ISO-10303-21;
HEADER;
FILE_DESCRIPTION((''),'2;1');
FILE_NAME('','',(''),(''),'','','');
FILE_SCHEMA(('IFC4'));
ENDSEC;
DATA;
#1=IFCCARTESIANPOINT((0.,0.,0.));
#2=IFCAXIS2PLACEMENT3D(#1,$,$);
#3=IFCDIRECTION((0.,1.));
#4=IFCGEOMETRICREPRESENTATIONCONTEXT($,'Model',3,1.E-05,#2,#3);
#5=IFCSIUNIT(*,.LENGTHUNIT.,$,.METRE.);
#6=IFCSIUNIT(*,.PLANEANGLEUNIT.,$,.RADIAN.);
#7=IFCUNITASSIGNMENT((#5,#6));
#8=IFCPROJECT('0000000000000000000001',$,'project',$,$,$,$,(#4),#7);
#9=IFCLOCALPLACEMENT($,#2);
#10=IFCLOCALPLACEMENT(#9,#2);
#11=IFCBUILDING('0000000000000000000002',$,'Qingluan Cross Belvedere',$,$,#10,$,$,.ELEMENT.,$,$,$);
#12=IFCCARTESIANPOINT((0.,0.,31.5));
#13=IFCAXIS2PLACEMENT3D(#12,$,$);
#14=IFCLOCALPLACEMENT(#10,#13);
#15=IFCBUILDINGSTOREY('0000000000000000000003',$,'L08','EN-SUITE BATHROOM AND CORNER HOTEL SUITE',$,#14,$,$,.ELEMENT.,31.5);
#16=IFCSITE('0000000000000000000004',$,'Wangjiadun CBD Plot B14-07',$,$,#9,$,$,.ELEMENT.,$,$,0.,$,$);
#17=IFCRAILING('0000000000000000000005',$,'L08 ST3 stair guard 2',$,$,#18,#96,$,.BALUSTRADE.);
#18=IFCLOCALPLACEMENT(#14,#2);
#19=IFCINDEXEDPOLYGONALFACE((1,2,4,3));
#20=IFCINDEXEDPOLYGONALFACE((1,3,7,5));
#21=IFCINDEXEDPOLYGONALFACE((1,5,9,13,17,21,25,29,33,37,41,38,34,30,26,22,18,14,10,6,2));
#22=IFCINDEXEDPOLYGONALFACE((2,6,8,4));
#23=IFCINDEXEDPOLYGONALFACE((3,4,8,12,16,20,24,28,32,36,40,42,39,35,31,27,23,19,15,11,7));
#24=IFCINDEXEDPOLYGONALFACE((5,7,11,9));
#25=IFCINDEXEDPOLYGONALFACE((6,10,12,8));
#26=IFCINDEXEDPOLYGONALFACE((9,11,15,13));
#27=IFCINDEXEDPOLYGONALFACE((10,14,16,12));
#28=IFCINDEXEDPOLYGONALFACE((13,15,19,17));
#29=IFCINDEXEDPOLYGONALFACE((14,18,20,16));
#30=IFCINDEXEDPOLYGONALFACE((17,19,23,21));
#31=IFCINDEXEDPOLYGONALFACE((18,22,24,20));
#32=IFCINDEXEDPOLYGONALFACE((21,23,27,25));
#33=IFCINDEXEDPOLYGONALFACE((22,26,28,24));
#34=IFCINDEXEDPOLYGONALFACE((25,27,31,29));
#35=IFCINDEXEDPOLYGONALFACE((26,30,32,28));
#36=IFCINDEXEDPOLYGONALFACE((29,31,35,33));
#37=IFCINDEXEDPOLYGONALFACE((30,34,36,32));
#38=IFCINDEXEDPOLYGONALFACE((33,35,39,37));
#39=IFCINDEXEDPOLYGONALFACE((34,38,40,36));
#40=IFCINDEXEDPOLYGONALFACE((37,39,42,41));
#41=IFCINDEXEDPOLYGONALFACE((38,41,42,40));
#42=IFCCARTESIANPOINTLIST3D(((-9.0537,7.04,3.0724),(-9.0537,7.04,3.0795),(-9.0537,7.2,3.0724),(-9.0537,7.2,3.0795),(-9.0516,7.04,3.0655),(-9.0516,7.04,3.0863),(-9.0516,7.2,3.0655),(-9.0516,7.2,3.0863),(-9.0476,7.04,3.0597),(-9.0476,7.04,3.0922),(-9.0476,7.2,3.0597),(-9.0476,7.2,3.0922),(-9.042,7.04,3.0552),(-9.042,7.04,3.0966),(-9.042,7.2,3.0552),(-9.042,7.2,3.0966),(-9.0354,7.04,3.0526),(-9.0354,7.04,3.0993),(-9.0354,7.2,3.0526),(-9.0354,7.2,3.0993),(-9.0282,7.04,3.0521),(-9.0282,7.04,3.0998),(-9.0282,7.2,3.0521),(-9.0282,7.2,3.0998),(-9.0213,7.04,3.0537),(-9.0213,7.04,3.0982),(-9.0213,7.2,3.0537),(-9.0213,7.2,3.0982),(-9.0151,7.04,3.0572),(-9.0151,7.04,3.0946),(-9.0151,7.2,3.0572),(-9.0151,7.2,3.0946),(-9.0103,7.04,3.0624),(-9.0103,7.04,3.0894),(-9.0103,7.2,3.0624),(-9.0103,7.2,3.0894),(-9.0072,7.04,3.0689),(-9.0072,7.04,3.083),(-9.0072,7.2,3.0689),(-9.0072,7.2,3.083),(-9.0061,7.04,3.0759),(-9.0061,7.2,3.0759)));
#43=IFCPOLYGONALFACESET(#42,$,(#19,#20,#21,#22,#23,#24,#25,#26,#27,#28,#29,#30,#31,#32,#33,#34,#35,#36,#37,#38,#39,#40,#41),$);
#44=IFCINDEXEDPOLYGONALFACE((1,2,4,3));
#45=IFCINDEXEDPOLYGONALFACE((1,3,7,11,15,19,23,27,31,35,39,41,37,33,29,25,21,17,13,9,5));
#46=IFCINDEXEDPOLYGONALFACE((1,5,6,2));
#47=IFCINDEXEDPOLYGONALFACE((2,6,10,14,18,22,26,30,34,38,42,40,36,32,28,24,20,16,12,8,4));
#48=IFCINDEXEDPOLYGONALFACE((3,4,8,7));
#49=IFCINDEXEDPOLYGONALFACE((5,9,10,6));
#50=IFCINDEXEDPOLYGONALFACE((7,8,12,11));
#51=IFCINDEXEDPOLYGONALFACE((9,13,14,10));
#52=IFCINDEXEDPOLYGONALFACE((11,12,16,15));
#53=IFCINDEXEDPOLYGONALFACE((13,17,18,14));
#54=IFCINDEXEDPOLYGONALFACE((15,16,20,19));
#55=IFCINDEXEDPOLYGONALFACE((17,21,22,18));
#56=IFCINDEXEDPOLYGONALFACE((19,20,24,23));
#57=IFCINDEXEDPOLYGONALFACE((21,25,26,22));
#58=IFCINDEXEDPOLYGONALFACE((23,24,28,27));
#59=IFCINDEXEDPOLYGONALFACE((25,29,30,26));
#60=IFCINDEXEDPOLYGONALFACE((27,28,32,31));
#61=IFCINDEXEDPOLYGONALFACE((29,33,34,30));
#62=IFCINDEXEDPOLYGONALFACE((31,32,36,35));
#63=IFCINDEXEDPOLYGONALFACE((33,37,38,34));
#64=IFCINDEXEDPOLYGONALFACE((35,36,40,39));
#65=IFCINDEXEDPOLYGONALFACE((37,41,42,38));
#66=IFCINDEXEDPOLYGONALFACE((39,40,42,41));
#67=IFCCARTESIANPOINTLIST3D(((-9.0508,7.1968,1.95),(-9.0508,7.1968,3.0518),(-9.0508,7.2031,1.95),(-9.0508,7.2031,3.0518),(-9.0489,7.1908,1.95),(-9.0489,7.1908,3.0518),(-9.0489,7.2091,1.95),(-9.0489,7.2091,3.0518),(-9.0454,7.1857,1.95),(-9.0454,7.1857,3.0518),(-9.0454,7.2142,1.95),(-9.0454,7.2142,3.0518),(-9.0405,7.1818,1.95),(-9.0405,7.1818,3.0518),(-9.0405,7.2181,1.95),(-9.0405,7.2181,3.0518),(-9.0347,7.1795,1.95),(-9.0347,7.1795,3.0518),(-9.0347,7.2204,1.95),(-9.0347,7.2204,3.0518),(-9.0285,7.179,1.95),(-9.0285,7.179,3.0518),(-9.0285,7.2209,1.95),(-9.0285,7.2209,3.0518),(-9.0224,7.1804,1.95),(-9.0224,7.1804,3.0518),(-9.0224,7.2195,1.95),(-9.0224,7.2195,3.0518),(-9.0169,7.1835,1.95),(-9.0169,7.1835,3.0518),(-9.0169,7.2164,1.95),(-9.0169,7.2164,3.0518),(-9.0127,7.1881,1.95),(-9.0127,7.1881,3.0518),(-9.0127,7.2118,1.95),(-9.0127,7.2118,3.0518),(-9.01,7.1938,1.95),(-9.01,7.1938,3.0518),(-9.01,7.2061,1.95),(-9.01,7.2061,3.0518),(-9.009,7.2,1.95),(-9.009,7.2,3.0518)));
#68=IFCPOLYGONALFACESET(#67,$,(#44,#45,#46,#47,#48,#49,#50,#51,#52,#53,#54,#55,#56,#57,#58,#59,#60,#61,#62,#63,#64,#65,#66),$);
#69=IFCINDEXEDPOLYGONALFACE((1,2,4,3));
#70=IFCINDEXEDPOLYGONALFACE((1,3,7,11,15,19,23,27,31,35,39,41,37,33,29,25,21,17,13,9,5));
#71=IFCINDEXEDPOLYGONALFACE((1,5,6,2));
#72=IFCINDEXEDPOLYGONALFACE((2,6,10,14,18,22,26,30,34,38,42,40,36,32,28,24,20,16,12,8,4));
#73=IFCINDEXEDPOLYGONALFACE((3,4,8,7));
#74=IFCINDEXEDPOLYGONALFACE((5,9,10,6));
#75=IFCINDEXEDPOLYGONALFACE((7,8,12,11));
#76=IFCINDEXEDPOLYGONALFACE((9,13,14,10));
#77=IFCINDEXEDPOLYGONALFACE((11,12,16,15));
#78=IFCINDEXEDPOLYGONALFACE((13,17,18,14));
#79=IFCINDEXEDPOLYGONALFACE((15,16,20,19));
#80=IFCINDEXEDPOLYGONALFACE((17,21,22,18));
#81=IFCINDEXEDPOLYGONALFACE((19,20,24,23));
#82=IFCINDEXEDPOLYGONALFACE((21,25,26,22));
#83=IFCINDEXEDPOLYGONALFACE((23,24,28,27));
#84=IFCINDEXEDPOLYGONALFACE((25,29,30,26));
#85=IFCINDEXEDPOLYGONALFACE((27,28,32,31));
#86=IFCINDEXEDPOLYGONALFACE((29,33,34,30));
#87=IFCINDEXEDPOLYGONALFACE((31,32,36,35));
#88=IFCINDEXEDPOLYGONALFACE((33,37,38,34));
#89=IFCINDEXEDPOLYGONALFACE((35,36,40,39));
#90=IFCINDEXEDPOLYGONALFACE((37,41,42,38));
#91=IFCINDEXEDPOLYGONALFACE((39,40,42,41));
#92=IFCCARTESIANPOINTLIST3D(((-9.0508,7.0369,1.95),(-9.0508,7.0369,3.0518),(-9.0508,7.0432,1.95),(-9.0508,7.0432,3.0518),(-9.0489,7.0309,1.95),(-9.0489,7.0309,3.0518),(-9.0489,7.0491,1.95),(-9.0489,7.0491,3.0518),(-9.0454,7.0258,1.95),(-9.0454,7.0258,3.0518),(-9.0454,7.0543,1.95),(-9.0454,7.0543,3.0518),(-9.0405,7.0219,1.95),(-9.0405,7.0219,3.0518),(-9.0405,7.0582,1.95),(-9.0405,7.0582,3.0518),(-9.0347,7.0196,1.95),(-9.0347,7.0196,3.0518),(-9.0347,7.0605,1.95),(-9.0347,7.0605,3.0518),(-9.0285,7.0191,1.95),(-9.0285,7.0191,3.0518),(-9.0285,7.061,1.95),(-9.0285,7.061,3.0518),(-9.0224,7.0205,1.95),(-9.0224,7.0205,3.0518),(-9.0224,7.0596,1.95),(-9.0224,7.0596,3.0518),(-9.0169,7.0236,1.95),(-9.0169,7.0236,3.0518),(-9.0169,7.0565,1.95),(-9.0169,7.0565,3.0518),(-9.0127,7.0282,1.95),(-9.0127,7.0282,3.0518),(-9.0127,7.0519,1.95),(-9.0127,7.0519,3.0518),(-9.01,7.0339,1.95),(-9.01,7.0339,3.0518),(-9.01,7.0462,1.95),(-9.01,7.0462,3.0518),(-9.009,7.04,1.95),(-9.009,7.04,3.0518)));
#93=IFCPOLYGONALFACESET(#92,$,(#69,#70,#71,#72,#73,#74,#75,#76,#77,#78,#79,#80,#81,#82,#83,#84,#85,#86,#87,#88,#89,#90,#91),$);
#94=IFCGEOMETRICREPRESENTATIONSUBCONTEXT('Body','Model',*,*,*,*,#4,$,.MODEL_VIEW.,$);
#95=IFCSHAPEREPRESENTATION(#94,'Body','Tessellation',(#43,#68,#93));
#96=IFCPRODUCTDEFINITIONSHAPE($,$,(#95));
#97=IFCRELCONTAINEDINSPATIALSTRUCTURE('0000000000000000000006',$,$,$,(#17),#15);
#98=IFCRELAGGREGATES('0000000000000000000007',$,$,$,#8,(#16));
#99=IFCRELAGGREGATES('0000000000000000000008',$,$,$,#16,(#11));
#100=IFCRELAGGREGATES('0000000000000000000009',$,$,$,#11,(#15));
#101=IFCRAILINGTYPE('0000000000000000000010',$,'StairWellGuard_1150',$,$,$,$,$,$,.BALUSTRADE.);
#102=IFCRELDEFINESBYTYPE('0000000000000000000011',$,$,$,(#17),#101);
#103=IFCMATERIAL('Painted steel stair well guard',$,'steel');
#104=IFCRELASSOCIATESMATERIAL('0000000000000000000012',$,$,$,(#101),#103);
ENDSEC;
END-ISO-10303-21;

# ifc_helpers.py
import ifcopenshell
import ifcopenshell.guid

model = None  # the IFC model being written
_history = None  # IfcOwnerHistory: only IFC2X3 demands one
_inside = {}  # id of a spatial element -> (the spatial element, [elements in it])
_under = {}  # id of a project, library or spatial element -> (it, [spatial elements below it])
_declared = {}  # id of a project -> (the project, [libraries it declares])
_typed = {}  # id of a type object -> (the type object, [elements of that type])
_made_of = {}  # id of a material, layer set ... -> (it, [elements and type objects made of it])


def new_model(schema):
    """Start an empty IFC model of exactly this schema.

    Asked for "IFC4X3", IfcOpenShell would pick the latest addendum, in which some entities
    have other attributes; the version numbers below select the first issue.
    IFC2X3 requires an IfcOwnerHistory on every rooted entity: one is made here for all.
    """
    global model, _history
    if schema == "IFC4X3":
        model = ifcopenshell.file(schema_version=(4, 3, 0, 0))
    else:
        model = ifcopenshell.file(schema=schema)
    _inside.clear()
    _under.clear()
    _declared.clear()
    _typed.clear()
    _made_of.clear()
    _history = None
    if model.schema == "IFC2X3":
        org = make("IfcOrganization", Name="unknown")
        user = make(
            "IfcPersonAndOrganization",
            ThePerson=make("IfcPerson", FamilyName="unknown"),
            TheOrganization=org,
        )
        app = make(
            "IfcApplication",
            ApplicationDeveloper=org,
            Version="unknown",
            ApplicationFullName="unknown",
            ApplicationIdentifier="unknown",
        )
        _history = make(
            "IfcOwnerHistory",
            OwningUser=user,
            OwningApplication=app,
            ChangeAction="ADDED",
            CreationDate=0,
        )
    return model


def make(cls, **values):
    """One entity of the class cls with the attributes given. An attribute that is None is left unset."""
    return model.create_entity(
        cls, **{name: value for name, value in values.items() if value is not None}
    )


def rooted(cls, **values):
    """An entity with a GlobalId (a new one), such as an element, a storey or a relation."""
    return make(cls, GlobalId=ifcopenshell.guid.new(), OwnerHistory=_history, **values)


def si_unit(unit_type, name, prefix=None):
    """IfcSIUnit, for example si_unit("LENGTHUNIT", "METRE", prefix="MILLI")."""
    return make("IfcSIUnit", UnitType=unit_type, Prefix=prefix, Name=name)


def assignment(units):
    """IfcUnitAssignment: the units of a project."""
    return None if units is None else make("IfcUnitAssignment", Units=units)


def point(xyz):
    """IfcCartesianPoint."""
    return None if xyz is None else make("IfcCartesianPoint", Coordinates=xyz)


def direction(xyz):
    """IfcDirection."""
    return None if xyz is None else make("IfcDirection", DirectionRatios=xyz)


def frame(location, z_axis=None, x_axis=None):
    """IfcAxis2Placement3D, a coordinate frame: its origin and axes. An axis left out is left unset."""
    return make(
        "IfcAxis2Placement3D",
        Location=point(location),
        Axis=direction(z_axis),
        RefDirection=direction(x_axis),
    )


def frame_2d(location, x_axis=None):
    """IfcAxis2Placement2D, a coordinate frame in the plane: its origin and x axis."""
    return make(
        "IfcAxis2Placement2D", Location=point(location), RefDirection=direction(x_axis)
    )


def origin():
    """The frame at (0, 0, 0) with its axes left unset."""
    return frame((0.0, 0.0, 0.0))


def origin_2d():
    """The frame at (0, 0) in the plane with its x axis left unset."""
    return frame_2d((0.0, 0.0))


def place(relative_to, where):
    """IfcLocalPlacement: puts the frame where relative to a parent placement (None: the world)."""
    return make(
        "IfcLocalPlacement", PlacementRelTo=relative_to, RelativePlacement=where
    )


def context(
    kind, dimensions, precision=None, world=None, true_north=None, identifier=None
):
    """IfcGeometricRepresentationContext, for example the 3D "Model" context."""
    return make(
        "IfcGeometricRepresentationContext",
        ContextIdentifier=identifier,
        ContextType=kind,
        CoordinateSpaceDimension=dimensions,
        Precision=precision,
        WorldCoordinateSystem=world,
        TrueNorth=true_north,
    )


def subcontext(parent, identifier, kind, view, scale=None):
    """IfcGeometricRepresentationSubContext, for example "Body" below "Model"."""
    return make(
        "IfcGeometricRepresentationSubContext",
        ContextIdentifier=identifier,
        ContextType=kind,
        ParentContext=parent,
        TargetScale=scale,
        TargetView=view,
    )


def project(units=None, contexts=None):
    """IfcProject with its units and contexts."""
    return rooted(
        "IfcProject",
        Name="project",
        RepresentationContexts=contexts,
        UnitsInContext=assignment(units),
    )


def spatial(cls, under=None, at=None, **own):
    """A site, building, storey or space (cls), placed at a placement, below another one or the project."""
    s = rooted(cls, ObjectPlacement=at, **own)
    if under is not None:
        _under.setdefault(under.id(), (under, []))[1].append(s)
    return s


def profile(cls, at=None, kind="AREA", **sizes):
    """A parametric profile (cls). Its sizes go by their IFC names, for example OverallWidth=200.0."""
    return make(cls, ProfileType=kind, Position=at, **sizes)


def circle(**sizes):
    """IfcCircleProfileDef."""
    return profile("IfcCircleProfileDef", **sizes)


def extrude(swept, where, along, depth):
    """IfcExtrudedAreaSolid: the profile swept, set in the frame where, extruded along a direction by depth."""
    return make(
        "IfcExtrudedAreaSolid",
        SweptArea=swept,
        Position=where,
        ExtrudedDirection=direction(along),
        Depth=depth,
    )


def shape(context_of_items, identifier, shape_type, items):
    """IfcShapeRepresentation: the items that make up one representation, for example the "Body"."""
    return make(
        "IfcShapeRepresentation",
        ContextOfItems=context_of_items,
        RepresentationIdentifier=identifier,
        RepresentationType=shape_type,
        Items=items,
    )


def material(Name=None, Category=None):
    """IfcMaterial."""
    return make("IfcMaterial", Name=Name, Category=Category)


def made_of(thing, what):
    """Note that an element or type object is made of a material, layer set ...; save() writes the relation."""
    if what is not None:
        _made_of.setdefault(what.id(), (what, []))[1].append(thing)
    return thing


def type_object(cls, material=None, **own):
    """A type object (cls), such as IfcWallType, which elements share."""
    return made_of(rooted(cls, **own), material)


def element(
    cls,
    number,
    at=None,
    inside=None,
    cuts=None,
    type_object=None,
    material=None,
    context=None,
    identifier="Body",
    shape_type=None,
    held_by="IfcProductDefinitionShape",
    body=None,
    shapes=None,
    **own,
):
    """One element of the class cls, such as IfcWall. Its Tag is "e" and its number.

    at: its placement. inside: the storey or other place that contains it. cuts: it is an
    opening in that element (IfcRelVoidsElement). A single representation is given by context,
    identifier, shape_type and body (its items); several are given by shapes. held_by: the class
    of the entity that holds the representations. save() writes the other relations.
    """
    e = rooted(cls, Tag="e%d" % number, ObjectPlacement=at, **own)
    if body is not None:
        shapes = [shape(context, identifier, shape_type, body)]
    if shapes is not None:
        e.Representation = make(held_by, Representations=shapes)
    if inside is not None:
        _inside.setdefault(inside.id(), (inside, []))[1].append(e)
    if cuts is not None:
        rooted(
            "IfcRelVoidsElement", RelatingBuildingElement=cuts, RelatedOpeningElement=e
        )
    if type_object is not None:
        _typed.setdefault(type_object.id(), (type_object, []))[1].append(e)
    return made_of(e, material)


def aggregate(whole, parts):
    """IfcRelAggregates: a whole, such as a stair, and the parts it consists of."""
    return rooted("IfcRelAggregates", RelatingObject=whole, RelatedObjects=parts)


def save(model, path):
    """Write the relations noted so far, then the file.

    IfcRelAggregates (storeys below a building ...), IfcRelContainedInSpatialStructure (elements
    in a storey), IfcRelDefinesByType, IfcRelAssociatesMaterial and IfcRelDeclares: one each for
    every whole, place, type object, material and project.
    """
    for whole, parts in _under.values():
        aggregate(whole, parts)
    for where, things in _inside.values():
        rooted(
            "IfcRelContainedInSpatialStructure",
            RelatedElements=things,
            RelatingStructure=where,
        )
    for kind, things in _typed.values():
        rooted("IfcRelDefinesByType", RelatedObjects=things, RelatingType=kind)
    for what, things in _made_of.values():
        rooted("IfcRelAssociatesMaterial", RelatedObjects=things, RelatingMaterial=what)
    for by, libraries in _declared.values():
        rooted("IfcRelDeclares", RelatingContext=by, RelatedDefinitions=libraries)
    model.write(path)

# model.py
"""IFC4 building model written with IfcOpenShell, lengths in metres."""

from ifc_helpers import new_model, si_unit, direction, frame, origin, origin_2d, place, context, subcontext, project, spatial, circle, extrude, material, type_object, element, save


model = new_model("IFC4")

# Units and contexts
model_context = context("Model", 3, precision=1e-05, world=origin(), true_north=direction((0.0, 1.0)))
body_context = subcontext(model_context, "Body", "Model", "MODEL_VIEW")
ifc_project = project(units=[si_unit("LENGTHUNIT", "METRE"), si_unit("PLANEANGLEUNIT", "RADIAN")], contexts=[model_context])

# Site, building, storey
site_placement = place(None, origin())
site = spatial("IfcSite", under=ifc_project, at=site_placement, Name="Wangjiadun CBD Plot B14-07", CompositionType="ELEMENT", RefElevation=0.0)
building_placement = place(site_placement, origin())
building = spatial("IfcBuilding", under=site, at=building_placement, Name="Qingluan Cross Belvedere", CompositionType="ELEMENT")
storey_placement = place(building_placement, frame((0.0, 0.0, 31.5)))
storey = spatial("IfcBuildingStorey", under=building, at=storey_placement, Name="L08", Description="EN-SUITE BATHROOM AND CORNER HOTEL SUITE", CompositionType="ELEMENT", Elevation=31.5)

# Railing
ifc_material_1 = material(Name="Painted steel stair well guard", Category="steel")
railing_type_1 = type_object("IfcRailingType", Name="StairWellGuard_1150", PredefinedType="BALUSTRADE", material=ifc_material_1)
railing_1_placement = place(storey_placement, frame((-9.03, 7.2, 1.95)))
element("IfcRailing", 1, at=railing_1_placement, inside=storey, type_object=railing_type_1, Name="L08 ST3 stair guard 2", PredefinedType="BALUSTRADE", context=body_context, shape_type="SweptSolid", body=[
    extrude(circle(Radius=0.0239, at=origin_2d()), frame((0.0, 0.0, 1.126), z_axis=(0.0, -1.0, 0.0), x_axis=(1.0, 0.0, 0.0)), (0.0, 0.0, 1.0), 0.1599),
    extrude(circle(Radius=0.021, at=origin_2d()), origin(), (0.0, 0.0, 1.0), 1.1018),
    extrude(circle(Radius=0.021, at=origin_2d()), frame((0.0, -0.1599, 0.0)), (0.0, 0.0, 1.0), 1.1018),
])

save(model, "model.ifc")
